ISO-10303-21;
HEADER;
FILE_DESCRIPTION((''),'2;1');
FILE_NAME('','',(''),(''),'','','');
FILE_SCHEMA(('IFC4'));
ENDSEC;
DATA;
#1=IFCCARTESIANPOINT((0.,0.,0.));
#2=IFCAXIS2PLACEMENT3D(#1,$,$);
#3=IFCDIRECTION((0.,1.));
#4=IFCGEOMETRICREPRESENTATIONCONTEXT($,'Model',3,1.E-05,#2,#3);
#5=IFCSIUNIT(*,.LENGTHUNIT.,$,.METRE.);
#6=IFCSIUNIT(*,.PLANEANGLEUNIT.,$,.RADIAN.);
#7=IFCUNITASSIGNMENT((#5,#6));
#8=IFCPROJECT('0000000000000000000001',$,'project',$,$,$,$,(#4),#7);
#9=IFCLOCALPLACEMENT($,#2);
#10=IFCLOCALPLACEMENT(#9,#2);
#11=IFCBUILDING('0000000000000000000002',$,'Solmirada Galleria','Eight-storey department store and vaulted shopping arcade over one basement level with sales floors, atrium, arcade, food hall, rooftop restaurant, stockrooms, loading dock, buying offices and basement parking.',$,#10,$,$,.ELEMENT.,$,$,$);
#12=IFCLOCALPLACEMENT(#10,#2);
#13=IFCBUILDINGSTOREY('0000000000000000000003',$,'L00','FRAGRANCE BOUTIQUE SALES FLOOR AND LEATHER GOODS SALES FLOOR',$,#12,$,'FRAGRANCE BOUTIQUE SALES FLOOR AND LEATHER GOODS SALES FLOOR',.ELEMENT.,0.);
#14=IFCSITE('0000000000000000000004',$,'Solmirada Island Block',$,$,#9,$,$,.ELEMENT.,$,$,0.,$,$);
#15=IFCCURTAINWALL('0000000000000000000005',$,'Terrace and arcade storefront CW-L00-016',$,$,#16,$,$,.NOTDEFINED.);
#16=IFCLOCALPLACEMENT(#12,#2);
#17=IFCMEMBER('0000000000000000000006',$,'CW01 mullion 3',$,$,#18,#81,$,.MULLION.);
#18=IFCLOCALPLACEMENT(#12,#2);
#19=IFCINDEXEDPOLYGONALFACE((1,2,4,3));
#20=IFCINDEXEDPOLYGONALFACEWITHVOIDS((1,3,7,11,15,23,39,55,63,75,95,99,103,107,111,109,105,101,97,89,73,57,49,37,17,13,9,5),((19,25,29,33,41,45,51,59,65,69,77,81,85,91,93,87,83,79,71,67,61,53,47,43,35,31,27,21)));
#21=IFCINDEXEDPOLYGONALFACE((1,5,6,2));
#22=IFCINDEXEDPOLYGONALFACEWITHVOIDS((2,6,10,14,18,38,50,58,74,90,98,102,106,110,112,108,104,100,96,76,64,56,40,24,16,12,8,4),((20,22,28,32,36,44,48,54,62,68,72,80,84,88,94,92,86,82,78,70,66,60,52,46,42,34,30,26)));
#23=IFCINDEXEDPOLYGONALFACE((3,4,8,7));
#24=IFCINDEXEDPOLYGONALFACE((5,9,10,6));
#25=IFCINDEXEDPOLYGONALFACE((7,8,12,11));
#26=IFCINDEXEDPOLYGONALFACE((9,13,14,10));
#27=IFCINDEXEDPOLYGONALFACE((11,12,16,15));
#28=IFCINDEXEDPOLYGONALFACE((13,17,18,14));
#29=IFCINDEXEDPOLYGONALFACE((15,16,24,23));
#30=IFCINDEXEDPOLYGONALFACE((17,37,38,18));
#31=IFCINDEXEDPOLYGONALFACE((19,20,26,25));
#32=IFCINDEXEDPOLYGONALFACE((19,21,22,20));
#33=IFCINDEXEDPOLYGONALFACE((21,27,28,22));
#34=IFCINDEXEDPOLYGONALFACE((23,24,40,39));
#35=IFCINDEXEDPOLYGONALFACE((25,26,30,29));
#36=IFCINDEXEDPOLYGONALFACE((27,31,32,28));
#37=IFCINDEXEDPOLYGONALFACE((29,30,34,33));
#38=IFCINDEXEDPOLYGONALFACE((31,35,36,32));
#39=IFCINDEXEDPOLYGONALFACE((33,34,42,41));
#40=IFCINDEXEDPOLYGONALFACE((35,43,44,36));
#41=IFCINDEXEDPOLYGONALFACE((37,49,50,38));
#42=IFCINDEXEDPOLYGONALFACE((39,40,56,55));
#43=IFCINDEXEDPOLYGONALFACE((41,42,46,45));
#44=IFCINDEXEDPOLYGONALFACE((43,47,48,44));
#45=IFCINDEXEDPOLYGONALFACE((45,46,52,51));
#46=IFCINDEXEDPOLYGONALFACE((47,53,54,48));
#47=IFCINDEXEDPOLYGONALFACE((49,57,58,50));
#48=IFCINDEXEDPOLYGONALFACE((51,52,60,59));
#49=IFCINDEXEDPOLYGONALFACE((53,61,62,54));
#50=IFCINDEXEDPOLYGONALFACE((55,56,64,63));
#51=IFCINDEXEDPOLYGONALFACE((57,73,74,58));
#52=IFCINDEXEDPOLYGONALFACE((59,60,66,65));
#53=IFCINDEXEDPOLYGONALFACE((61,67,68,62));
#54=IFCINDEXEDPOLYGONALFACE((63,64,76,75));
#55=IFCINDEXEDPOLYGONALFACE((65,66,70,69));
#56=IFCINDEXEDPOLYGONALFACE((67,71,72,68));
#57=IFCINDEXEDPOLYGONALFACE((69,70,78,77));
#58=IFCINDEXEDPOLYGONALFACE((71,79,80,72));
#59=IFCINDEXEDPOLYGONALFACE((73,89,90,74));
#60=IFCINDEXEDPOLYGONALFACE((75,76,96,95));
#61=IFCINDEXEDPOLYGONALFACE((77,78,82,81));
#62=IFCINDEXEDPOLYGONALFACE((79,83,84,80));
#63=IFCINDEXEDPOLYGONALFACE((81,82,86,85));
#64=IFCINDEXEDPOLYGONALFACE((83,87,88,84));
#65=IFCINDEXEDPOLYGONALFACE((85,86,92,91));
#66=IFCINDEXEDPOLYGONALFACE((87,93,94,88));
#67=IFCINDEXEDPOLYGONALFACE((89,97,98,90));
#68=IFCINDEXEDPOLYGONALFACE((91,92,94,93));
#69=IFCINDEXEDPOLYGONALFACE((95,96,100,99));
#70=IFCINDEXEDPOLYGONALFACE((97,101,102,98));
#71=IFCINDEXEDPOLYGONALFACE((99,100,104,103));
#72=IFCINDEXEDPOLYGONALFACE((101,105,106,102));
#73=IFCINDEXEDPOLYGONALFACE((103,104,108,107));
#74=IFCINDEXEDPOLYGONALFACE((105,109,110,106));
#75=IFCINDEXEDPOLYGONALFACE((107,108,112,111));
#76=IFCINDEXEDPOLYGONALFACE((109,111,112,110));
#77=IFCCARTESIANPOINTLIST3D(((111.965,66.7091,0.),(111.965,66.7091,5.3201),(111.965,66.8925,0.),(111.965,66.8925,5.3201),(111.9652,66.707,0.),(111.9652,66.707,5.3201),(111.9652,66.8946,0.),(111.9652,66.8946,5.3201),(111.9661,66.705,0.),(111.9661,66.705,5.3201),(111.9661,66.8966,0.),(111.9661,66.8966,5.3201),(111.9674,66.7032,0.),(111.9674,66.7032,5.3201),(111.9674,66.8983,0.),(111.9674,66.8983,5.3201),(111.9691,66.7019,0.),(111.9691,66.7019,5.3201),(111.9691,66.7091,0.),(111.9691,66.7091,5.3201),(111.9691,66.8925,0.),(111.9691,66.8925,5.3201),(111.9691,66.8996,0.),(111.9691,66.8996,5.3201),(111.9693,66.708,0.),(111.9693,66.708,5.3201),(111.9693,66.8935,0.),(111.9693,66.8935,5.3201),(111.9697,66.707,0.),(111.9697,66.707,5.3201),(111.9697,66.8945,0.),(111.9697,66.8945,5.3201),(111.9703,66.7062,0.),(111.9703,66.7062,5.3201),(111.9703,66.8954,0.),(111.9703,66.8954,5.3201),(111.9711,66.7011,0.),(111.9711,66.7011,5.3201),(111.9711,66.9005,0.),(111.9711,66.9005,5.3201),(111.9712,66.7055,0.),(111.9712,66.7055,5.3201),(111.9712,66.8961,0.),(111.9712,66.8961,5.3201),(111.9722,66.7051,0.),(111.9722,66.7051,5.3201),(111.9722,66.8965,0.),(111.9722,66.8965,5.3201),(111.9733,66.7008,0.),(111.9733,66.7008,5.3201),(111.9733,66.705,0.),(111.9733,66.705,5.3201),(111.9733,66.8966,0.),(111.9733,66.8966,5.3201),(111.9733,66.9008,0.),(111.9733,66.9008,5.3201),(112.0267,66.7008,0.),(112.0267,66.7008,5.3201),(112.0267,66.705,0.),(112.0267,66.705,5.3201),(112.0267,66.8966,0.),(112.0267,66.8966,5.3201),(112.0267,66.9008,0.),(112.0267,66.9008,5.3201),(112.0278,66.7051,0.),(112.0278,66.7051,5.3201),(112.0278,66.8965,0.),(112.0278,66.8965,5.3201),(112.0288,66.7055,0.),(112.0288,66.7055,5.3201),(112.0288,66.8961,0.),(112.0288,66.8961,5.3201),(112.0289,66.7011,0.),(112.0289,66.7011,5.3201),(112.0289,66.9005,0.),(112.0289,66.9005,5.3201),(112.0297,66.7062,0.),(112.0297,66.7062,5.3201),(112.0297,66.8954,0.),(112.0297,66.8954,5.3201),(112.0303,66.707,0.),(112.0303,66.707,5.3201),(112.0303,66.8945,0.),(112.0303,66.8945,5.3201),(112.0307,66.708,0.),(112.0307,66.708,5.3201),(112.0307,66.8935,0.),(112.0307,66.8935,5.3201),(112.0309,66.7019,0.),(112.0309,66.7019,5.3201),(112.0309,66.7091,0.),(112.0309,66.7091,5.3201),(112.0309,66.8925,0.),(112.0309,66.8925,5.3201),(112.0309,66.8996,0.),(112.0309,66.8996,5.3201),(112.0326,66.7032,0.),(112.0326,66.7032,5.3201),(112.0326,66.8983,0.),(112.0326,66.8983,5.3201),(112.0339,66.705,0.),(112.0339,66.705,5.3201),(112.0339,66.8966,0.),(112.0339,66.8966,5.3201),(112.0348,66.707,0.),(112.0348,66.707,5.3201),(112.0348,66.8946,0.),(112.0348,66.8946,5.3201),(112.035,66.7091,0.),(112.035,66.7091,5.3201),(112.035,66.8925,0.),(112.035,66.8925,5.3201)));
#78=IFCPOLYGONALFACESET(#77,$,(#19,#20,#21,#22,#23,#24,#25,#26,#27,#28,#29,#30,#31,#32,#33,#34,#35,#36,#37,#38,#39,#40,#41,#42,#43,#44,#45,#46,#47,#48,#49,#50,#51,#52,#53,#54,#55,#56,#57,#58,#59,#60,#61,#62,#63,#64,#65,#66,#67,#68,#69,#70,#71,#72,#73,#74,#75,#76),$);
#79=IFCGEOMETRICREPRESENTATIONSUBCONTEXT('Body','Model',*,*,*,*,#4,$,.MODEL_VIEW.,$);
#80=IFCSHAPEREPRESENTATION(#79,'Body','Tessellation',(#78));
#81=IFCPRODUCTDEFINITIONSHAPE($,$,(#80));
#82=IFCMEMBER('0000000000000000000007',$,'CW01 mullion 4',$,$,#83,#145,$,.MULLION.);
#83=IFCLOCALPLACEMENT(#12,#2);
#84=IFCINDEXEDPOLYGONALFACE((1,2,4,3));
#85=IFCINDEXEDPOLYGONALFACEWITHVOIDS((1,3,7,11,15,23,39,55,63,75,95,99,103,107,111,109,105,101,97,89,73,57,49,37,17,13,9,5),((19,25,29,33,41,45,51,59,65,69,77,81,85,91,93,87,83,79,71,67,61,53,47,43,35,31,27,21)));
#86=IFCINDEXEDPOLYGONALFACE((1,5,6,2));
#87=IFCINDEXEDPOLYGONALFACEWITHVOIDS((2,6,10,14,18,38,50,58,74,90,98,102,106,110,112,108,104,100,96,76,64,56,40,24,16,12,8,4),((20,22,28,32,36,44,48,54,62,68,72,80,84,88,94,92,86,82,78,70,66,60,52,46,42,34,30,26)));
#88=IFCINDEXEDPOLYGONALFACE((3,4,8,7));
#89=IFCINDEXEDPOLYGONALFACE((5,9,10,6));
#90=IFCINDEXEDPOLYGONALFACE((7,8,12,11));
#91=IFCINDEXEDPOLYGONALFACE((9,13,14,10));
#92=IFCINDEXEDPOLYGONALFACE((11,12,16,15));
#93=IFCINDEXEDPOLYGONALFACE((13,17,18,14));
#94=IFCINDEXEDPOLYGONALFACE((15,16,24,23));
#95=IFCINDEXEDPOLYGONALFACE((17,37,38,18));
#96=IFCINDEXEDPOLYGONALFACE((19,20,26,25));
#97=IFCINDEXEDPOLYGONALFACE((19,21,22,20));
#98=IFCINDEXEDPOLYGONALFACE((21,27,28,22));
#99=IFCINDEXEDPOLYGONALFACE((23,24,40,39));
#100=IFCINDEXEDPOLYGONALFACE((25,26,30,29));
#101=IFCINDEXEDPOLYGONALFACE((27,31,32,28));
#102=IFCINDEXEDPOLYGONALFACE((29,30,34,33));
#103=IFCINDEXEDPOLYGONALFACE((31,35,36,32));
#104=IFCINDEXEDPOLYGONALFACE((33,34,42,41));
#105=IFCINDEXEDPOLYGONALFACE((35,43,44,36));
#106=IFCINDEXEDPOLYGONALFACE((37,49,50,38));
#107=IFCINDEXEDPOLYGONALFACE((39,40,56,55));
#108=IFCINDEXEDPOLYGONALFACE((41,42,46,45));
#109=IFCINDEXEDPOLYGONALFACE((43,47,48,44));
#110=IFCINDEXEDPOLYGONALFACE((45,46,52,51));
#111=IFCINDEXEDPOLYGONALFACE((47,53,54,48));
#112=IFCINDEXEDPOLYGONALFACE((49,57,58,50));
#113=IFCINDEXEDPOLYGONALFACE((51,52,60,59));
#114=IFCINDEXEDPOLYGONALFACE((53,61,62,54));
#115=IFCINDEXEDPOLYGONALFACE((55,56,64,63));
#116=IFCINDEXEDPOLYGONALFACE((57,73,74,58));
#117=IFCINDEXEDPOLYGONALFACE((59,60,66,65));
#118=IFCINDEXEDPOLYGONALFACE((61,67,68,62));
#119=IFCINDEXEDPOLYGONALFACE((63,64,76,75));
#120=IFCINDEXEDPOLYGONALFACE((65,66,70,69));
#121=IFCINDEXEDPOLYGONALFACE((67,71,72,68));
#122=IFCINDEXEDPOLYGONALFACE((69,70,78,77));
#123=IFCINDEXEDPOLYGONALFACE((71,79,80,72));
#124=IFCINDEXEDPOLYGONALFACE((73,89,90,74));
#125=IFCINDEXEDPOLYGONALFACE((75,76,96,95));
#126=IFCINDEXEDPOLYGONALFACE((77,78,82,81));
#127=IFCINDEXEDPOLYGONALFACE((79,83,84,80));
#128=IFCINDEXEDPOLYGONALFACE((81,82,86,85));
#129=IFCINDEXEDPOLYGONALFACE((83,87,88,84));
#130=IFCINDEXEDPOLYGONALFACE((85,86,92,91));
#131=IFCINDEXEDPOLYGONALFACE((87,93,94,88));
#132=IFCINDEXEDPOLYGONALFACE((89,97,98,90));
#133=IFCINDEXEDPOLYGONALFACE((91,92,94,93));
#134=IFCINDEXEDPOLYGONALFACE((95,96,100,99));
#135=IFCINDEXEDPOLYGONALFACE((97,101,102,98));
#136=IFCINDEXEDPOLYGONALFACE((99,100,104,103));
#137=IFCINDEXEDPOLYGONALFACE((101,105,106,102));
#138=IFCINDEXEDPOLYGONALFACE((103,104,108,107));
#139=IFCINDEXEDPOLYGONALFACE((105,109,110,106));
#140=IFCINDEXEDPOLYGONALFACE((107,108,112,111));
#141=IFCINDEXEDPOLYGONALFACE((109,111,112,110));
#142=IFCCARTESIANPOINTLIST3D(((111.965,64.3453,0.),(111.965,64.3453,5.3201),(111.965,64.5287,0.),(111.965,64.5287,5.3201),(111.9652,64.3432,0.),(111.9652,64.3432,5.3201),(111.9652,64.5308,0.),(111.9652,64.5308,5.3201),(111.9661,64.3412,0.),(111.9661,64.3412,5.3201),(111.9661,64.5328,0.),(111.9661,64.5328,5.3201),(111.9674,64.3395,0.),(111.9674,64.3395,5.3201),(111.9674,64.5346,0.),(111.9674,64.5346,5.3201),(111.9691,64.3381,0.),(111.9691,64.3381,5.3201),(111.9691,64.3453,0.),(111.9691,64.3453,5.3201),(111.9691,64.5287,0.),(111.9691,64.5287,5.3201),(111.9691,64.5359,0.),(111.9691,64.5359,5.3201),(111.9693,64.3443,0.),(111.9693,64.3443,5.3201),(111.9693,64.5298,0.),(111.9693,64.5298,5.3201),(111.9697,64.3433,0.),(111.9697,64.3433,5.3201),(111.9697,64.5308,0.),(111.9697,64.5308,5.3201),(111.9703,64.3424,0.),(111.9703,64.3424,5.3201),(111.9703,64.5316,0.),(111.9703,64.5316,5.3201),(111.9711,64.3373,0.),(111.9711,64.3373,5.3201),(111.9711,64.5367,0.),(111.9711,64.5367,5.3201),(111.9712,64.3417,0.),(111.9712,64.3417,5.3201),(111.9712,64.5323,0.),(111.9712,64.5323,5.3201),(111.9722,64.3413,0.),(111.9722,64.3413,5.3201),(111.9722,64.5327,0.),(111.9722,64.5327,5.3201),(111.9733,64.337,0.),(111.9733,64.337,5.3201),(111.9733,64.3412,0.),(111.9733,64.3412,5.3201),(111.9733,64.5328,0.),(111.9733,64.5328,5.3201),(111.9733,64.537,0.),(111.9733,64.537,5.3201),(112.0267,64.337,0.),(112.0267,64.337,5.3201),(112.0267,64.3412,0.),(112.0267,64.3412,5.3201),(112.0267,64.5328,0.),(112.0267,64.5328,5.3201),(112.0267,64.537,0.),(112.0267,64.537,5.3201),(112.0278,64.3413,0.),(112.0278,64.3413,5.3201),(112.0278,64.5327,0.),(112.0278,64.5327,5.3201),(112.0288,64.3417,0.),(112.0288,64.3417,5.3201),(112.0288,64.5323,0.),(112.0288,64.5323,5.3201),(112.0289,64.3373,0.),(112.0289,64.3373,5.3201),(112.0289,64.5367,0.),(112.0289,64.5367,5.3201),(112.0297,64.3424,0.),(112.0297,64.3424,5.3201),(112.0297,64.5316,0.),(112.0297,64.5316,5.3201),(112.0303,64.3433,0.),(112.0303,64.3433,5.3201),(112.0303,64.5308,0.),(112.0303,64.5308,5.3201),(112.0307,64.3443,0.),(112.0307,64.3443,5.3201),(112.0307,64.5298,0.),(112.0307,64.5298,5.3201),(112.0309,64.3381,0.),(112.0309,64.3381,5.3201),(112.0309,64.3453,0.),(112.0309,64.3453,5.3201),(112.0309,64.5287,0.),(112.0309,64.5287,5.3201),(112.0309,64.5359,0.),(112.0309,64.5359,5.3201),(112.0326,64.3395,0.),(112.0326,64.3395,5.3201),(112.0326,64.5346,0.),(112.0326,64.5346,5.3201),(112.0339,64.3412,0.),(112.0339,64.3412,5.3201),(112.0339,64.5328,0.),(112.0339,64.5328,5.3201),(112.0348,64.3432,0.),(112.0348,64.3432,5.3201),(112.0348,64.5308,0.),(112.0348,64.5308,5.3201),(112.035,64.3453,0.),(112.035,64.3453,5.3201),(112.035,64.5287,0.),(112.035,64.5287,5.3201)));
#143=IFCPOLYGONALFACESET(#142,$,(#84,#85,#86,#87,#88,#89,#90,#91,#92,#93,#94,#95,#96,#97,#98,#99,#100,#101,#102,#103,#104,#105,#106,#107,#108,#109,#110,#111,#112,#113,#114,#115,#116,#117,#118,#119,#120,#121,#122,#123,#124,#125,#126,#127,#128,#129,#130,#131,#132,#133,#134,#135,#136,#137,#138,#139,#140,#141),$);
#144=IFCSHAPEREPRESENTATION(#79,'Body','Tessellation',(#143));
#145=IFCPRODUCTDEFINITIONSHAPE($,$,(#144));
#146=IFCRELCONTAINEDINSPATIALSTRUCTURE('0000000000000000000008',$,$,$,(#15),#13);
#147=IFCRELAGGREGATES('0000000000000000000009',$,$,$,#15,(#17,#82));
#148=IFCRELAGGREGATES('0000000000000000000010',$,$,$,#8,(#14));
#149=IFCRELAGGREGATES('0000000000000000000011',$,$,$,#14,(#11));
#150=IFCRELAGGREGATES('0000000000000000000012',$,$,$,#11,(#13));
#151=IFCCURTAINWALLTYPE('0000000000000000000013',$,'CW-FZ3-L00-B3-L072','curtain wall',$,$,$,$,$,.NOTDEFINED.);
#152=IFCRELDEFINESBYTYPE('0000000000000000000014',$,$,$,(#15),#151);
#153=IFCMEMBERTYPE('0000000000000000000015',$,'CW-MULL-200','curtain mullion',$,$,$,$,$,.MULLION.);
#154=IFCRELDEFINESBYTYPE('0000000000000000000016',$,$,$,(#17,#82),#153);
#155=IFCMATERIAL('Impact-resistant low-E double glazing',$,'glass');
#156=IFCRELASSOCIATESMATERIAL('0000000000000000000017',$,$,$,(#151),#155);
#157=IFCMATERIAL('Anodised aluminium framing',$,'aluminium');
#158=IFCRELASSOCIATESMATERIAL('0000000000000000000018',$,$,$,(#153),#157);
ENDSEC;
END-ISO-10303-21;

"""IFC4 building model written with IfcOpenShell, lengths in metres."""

from ifc_helpers import new_model, si_unit, direction, frame, origin, origin_2d, place, context, subcontext, project, spatial, hollow_rectangle, extrude, material, material_profile, profile_set, type_object, element, aggregate, save


model = new_model("IFC4")

# Units and contexts
model_context = context("Model", 3, precision=1e-05, world=origin(), true_north=direction((0.0, 1.0)))
body_context = subcontext(model_context, "Body", "Model", "MODEL_VIEW")
ifc_project = project(units=[si_unit("LENGTHUNIT", "METRE"), si_unit("PLANEANGLEUNIT", "RADIAN")], contexts=[model_context])

# Site, building, storey
site_placement = place(None, origin())
site = spatial("IfcSite", under=ifc_project, at=site_placement, Name="Solmirada Island Block", CompositionType="ELEMENT", RefElevation=0.0)
building_placement = place(site_placement, origin())
building = spatial("IfcBuilding", under=site, at=building_placement, Name="Solmirada Galleria", Description="Eight-storey department store and vaulted shopping arcade over one basement level with sales floors, atrium, arcade, food hall, rooftop restaurant, stockrooms, loading dock, buying offices and basement parking.", CompositionType="ELEMENT")
storey_placement = place(building_placement, origin())
storey = spatial("IfcBuildingStorey", under=building, at=storey_placement, Name="L00", Description="FRAGRANCE BOUTIQUE SALES FLOOR AND LEATHER GOODS SALES FLOOR", LongName="FRAGRANCE BOUTIQUE SALES FLOOR AND LEATHER GOODS SALES FLOOR", CompositionType="ELEMENT", Elevation=0.0)

# Curtain wall, members
ifc_material_1 = material(Name="Impact-resistant low-E double glazing", Category="glass")
curtain_wall_type = type_object("IfcCurtainWallType", Name="CW-FZ3-L00-B3-L072", Description="curtain wall", PredefinedType="NOTDEFINED", material=ifc_material_1)
curtain_wall_1_placement = place(storey_placement, origin())
curtain_wall_1 = element("IfcCurtainWall", 1, at=curtain_wall_1_placement, inside=storey, type_object=curtain_wall_type, Name="Terrace and arcade storefront CW-L00-016", PredefinedType="NOTDEFINED")
ifc_material_2 = material(Name="Anodised aluminium framing", Category="aluminium")
ifc_material_profile_1 = material_profile(ifc_material_2, hollow_rectangle(XDim=0.0701, YDim=0.2, WallThickness=0.0042, InnerFilletRadius=0.0042, OuterFilletRadius=0.0083, at=origin_2d()), Name="ALU-MULL-200X70")
ifc_profile_set_1 = profile_set([ifc_material_profile_1], Name="Anodised aluminium framing")
member_type_1 = type_object("IfcMemberType", Name="CW-MULL-200", Description="curtain mullion", PredefinedType="MULLION", material=ifc_profile_set_1)
member_1_placement = place(storey_placement, frame((112.0, 66.8008, 0.0), z_axis=(0.0, 0.0, 1.0), x_axis=(1.0, 0.0, 0.0)))
member_1 = element("IfcMember", 2, at=member_1_placement, type_object=member_type_1, Name="CW01 mullion 3", PredefinedType="MULLION", context=body_context, shape_type="SweptSolid", body=[
    extrude(hollow_rectangle(XDim=0.0701, YDim=0.2, WallThickness=0.0042, InnerFilletRadius=0.0042, OuterFilletRadius=0.0083, at=origin_2d()), origin(), (0.0, 0.0, 1.0), 5.3201),
])
member_2_placement = place(storey_placement, frame((112.0, 64.437, 0.0), z_axis=(0.0, 0.0, 1.0), x_axis=(1.0, 0.0, 0.0)))
member_2 = element("IfcMember", 3, at=member_2_placement, type_object=member_type_1, Name="CW01 mullion 4", PredefinedType="MULLION", context=body_context, shape_type="SweptSolid", body=[
    extrude(hollow_rectangle(XDim=0.0701, YDim=0.2, WallThickness=0.0042, InnerFilletRadius=0.0042, OuterFilletRadius=0.0083, at=origin_2d()), origin(), (0.0, 0.0, 1.0), 5.3201),
])

aggregate(curtain_wall_1, [member_1, member_2])

save(model, "model.ifc")
